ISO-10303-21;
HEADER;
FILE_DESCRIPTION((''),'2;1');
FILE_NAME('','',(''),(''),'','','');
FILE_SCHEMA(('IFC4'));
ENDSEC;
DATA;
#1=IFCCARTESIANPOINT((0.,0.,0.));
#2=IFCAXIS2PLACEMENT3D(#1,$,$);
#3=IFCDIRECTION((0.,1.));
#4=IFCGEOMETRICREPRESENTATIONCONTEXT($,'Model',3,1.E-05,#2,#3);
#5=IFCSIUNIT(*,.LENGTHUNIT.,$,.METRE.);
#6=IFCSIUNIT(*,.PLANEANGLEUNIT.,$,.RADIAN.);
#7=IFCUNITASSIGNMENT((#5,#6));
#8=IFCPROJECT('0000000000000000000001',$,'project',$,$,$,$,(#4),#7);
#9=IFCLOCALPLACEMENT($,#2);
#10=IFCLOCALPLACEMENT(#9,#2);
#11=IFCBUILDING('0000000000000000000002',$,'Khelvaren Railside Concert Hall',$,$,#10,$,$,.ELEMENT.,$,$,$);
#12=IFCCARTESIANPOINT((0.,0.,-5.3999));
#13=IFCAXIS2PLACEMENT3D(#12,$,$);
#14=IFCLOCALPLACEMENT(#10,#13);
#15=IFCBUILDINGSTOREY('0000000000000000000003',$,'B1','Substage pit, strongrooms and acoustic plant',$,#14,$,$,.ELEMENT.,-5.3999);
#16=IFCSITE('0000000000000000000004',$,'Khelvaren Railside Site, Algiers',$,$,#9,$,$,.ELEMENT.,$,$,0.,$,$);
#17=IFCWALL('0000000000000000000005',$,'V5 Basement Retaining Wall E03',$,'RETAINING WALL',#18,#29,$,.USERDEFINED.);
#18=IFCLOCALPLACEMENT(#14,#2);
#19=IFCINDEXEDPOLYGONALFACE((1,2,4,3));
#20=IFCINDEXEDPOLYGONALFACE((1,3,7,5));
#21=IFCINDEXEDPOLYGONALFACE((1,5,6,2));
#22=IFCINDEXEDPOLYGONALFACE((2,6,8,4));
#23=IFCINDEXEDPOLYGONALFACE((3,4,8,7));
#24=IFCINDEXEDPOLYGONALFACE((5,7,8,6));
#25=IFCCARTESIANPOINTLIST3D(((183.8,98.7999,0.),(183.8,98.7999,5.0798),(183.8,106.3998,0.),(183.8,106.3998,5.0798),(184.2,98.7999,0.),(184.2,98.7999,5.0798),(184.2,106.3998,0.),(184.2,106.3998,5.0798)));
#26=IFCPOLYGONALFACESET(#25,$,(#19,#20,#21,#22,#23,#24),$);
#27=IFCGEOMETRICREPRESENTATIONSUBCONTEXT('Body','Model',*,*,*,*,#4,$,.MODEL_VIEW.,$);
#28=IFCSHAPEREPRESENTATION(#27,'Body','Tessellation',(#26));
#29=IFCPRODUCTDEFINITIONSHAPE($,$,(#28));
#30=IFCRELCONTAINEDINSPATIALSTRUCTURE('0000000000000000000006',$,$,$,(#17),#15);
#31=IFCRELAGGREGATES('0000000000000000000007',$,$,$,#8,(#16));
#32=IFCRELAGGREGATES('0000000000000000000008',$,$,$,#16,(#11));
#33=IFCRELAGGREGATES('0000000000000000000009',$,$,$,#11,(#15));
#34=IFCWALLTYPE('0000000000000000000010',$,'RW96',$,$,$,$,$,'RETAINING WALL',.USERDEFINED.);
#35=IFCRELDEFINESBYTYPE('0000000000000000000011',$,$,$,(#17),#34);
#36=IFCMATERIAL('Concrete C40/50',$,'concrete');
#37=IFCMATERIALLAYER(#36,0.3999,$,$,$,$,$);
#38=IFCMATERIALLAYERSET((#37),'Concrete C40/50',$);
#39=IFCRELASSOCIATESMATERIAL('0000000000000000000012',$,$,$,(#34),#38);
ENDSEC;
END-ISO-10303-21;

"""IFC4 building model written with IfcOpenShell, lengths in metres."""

from ifc_helpers import new_model, si_unit, direction, frame, frame_2d, origin, place, context, subcontext, project, spatial, rectangle, extrude, material, layer, layer_set, type_object, element, save


model = new_model("IFC4")

# Units and contexts
model_context = context("Model", 3, precision=1e-05, world=origin(), true_north=direction((0.0, 1.0)))
body_context = subcontext(model_context, "Body", "Model", "MODEL_VIEW")
ifc_project = project(units=[si_unit("LENGTHUNIT", "METRE"), si_unit("PLANEANGLEUNIT", "RADIAN")], contexts=[model_context])

# Site, building, storey
site_placement = place(None, origin())
site = spatial("IfcSite", under=ifc_project, at=site_placement, Name="Khelvaren Railside Site, Algiers", CompositionType="ELEMENT", RefElevation=0.0)
building_placement = place(site_placement, origin())
building = spatial("IfcBuilding", under=site, at=building_placement, Name="Khelvaren Railside Concert Hall", CompositionType="ELEMENT")
storey_placement = place(building_placement, frame((0.0, 0.0, -5.3999)))
storey = spatial("IfcBuildingStorey", under=building, at=storey_placement, Name="B1", Description="Substage pit, strongrooms and acoustic plant", CompositionType="ELEMENT", Elevation=-5.3999)

# Wall
ifc_material_1 = material(Name="Concrete C40/50", Category="concrete")
ifc_layer_1 = layer(ifc_material_1, 0.3999)
ifc_layer_set_1 = layer_set([ifc_layer_1], Name="Concrete C40/50")
wall_type_1 = type_object("IfcWallType", Name="RW96", ElementType="RETAINING WALL", PredefinedType="USERDEFINED", material=ifc_layer_set_1)
wall_1_placement = place(storey_placement, frame((184.0, 98.8, 0.0), z_axis=(0.0, 0.0, 1.0), x_axis=(0.0, 1.0, 0.0)))
element("IfcWall", 1, at=wall_1_placement, inside=storey, type_object=wall_type_1, Name="V5 Basement Retaining Wall E03", ObjectType="RETAINING WALL", PredefinedType="USERDEFINED", context=body_context, shape_type="SweptSolid", body=[
    extrude(rectangle(XDim=7.5999, YDim=0.3999, at=frame_2d((3.7998, 0.0))), origin(), (0.0, 0.0, 1.0), 5.0798),
])

save(model, "model.ifc")
